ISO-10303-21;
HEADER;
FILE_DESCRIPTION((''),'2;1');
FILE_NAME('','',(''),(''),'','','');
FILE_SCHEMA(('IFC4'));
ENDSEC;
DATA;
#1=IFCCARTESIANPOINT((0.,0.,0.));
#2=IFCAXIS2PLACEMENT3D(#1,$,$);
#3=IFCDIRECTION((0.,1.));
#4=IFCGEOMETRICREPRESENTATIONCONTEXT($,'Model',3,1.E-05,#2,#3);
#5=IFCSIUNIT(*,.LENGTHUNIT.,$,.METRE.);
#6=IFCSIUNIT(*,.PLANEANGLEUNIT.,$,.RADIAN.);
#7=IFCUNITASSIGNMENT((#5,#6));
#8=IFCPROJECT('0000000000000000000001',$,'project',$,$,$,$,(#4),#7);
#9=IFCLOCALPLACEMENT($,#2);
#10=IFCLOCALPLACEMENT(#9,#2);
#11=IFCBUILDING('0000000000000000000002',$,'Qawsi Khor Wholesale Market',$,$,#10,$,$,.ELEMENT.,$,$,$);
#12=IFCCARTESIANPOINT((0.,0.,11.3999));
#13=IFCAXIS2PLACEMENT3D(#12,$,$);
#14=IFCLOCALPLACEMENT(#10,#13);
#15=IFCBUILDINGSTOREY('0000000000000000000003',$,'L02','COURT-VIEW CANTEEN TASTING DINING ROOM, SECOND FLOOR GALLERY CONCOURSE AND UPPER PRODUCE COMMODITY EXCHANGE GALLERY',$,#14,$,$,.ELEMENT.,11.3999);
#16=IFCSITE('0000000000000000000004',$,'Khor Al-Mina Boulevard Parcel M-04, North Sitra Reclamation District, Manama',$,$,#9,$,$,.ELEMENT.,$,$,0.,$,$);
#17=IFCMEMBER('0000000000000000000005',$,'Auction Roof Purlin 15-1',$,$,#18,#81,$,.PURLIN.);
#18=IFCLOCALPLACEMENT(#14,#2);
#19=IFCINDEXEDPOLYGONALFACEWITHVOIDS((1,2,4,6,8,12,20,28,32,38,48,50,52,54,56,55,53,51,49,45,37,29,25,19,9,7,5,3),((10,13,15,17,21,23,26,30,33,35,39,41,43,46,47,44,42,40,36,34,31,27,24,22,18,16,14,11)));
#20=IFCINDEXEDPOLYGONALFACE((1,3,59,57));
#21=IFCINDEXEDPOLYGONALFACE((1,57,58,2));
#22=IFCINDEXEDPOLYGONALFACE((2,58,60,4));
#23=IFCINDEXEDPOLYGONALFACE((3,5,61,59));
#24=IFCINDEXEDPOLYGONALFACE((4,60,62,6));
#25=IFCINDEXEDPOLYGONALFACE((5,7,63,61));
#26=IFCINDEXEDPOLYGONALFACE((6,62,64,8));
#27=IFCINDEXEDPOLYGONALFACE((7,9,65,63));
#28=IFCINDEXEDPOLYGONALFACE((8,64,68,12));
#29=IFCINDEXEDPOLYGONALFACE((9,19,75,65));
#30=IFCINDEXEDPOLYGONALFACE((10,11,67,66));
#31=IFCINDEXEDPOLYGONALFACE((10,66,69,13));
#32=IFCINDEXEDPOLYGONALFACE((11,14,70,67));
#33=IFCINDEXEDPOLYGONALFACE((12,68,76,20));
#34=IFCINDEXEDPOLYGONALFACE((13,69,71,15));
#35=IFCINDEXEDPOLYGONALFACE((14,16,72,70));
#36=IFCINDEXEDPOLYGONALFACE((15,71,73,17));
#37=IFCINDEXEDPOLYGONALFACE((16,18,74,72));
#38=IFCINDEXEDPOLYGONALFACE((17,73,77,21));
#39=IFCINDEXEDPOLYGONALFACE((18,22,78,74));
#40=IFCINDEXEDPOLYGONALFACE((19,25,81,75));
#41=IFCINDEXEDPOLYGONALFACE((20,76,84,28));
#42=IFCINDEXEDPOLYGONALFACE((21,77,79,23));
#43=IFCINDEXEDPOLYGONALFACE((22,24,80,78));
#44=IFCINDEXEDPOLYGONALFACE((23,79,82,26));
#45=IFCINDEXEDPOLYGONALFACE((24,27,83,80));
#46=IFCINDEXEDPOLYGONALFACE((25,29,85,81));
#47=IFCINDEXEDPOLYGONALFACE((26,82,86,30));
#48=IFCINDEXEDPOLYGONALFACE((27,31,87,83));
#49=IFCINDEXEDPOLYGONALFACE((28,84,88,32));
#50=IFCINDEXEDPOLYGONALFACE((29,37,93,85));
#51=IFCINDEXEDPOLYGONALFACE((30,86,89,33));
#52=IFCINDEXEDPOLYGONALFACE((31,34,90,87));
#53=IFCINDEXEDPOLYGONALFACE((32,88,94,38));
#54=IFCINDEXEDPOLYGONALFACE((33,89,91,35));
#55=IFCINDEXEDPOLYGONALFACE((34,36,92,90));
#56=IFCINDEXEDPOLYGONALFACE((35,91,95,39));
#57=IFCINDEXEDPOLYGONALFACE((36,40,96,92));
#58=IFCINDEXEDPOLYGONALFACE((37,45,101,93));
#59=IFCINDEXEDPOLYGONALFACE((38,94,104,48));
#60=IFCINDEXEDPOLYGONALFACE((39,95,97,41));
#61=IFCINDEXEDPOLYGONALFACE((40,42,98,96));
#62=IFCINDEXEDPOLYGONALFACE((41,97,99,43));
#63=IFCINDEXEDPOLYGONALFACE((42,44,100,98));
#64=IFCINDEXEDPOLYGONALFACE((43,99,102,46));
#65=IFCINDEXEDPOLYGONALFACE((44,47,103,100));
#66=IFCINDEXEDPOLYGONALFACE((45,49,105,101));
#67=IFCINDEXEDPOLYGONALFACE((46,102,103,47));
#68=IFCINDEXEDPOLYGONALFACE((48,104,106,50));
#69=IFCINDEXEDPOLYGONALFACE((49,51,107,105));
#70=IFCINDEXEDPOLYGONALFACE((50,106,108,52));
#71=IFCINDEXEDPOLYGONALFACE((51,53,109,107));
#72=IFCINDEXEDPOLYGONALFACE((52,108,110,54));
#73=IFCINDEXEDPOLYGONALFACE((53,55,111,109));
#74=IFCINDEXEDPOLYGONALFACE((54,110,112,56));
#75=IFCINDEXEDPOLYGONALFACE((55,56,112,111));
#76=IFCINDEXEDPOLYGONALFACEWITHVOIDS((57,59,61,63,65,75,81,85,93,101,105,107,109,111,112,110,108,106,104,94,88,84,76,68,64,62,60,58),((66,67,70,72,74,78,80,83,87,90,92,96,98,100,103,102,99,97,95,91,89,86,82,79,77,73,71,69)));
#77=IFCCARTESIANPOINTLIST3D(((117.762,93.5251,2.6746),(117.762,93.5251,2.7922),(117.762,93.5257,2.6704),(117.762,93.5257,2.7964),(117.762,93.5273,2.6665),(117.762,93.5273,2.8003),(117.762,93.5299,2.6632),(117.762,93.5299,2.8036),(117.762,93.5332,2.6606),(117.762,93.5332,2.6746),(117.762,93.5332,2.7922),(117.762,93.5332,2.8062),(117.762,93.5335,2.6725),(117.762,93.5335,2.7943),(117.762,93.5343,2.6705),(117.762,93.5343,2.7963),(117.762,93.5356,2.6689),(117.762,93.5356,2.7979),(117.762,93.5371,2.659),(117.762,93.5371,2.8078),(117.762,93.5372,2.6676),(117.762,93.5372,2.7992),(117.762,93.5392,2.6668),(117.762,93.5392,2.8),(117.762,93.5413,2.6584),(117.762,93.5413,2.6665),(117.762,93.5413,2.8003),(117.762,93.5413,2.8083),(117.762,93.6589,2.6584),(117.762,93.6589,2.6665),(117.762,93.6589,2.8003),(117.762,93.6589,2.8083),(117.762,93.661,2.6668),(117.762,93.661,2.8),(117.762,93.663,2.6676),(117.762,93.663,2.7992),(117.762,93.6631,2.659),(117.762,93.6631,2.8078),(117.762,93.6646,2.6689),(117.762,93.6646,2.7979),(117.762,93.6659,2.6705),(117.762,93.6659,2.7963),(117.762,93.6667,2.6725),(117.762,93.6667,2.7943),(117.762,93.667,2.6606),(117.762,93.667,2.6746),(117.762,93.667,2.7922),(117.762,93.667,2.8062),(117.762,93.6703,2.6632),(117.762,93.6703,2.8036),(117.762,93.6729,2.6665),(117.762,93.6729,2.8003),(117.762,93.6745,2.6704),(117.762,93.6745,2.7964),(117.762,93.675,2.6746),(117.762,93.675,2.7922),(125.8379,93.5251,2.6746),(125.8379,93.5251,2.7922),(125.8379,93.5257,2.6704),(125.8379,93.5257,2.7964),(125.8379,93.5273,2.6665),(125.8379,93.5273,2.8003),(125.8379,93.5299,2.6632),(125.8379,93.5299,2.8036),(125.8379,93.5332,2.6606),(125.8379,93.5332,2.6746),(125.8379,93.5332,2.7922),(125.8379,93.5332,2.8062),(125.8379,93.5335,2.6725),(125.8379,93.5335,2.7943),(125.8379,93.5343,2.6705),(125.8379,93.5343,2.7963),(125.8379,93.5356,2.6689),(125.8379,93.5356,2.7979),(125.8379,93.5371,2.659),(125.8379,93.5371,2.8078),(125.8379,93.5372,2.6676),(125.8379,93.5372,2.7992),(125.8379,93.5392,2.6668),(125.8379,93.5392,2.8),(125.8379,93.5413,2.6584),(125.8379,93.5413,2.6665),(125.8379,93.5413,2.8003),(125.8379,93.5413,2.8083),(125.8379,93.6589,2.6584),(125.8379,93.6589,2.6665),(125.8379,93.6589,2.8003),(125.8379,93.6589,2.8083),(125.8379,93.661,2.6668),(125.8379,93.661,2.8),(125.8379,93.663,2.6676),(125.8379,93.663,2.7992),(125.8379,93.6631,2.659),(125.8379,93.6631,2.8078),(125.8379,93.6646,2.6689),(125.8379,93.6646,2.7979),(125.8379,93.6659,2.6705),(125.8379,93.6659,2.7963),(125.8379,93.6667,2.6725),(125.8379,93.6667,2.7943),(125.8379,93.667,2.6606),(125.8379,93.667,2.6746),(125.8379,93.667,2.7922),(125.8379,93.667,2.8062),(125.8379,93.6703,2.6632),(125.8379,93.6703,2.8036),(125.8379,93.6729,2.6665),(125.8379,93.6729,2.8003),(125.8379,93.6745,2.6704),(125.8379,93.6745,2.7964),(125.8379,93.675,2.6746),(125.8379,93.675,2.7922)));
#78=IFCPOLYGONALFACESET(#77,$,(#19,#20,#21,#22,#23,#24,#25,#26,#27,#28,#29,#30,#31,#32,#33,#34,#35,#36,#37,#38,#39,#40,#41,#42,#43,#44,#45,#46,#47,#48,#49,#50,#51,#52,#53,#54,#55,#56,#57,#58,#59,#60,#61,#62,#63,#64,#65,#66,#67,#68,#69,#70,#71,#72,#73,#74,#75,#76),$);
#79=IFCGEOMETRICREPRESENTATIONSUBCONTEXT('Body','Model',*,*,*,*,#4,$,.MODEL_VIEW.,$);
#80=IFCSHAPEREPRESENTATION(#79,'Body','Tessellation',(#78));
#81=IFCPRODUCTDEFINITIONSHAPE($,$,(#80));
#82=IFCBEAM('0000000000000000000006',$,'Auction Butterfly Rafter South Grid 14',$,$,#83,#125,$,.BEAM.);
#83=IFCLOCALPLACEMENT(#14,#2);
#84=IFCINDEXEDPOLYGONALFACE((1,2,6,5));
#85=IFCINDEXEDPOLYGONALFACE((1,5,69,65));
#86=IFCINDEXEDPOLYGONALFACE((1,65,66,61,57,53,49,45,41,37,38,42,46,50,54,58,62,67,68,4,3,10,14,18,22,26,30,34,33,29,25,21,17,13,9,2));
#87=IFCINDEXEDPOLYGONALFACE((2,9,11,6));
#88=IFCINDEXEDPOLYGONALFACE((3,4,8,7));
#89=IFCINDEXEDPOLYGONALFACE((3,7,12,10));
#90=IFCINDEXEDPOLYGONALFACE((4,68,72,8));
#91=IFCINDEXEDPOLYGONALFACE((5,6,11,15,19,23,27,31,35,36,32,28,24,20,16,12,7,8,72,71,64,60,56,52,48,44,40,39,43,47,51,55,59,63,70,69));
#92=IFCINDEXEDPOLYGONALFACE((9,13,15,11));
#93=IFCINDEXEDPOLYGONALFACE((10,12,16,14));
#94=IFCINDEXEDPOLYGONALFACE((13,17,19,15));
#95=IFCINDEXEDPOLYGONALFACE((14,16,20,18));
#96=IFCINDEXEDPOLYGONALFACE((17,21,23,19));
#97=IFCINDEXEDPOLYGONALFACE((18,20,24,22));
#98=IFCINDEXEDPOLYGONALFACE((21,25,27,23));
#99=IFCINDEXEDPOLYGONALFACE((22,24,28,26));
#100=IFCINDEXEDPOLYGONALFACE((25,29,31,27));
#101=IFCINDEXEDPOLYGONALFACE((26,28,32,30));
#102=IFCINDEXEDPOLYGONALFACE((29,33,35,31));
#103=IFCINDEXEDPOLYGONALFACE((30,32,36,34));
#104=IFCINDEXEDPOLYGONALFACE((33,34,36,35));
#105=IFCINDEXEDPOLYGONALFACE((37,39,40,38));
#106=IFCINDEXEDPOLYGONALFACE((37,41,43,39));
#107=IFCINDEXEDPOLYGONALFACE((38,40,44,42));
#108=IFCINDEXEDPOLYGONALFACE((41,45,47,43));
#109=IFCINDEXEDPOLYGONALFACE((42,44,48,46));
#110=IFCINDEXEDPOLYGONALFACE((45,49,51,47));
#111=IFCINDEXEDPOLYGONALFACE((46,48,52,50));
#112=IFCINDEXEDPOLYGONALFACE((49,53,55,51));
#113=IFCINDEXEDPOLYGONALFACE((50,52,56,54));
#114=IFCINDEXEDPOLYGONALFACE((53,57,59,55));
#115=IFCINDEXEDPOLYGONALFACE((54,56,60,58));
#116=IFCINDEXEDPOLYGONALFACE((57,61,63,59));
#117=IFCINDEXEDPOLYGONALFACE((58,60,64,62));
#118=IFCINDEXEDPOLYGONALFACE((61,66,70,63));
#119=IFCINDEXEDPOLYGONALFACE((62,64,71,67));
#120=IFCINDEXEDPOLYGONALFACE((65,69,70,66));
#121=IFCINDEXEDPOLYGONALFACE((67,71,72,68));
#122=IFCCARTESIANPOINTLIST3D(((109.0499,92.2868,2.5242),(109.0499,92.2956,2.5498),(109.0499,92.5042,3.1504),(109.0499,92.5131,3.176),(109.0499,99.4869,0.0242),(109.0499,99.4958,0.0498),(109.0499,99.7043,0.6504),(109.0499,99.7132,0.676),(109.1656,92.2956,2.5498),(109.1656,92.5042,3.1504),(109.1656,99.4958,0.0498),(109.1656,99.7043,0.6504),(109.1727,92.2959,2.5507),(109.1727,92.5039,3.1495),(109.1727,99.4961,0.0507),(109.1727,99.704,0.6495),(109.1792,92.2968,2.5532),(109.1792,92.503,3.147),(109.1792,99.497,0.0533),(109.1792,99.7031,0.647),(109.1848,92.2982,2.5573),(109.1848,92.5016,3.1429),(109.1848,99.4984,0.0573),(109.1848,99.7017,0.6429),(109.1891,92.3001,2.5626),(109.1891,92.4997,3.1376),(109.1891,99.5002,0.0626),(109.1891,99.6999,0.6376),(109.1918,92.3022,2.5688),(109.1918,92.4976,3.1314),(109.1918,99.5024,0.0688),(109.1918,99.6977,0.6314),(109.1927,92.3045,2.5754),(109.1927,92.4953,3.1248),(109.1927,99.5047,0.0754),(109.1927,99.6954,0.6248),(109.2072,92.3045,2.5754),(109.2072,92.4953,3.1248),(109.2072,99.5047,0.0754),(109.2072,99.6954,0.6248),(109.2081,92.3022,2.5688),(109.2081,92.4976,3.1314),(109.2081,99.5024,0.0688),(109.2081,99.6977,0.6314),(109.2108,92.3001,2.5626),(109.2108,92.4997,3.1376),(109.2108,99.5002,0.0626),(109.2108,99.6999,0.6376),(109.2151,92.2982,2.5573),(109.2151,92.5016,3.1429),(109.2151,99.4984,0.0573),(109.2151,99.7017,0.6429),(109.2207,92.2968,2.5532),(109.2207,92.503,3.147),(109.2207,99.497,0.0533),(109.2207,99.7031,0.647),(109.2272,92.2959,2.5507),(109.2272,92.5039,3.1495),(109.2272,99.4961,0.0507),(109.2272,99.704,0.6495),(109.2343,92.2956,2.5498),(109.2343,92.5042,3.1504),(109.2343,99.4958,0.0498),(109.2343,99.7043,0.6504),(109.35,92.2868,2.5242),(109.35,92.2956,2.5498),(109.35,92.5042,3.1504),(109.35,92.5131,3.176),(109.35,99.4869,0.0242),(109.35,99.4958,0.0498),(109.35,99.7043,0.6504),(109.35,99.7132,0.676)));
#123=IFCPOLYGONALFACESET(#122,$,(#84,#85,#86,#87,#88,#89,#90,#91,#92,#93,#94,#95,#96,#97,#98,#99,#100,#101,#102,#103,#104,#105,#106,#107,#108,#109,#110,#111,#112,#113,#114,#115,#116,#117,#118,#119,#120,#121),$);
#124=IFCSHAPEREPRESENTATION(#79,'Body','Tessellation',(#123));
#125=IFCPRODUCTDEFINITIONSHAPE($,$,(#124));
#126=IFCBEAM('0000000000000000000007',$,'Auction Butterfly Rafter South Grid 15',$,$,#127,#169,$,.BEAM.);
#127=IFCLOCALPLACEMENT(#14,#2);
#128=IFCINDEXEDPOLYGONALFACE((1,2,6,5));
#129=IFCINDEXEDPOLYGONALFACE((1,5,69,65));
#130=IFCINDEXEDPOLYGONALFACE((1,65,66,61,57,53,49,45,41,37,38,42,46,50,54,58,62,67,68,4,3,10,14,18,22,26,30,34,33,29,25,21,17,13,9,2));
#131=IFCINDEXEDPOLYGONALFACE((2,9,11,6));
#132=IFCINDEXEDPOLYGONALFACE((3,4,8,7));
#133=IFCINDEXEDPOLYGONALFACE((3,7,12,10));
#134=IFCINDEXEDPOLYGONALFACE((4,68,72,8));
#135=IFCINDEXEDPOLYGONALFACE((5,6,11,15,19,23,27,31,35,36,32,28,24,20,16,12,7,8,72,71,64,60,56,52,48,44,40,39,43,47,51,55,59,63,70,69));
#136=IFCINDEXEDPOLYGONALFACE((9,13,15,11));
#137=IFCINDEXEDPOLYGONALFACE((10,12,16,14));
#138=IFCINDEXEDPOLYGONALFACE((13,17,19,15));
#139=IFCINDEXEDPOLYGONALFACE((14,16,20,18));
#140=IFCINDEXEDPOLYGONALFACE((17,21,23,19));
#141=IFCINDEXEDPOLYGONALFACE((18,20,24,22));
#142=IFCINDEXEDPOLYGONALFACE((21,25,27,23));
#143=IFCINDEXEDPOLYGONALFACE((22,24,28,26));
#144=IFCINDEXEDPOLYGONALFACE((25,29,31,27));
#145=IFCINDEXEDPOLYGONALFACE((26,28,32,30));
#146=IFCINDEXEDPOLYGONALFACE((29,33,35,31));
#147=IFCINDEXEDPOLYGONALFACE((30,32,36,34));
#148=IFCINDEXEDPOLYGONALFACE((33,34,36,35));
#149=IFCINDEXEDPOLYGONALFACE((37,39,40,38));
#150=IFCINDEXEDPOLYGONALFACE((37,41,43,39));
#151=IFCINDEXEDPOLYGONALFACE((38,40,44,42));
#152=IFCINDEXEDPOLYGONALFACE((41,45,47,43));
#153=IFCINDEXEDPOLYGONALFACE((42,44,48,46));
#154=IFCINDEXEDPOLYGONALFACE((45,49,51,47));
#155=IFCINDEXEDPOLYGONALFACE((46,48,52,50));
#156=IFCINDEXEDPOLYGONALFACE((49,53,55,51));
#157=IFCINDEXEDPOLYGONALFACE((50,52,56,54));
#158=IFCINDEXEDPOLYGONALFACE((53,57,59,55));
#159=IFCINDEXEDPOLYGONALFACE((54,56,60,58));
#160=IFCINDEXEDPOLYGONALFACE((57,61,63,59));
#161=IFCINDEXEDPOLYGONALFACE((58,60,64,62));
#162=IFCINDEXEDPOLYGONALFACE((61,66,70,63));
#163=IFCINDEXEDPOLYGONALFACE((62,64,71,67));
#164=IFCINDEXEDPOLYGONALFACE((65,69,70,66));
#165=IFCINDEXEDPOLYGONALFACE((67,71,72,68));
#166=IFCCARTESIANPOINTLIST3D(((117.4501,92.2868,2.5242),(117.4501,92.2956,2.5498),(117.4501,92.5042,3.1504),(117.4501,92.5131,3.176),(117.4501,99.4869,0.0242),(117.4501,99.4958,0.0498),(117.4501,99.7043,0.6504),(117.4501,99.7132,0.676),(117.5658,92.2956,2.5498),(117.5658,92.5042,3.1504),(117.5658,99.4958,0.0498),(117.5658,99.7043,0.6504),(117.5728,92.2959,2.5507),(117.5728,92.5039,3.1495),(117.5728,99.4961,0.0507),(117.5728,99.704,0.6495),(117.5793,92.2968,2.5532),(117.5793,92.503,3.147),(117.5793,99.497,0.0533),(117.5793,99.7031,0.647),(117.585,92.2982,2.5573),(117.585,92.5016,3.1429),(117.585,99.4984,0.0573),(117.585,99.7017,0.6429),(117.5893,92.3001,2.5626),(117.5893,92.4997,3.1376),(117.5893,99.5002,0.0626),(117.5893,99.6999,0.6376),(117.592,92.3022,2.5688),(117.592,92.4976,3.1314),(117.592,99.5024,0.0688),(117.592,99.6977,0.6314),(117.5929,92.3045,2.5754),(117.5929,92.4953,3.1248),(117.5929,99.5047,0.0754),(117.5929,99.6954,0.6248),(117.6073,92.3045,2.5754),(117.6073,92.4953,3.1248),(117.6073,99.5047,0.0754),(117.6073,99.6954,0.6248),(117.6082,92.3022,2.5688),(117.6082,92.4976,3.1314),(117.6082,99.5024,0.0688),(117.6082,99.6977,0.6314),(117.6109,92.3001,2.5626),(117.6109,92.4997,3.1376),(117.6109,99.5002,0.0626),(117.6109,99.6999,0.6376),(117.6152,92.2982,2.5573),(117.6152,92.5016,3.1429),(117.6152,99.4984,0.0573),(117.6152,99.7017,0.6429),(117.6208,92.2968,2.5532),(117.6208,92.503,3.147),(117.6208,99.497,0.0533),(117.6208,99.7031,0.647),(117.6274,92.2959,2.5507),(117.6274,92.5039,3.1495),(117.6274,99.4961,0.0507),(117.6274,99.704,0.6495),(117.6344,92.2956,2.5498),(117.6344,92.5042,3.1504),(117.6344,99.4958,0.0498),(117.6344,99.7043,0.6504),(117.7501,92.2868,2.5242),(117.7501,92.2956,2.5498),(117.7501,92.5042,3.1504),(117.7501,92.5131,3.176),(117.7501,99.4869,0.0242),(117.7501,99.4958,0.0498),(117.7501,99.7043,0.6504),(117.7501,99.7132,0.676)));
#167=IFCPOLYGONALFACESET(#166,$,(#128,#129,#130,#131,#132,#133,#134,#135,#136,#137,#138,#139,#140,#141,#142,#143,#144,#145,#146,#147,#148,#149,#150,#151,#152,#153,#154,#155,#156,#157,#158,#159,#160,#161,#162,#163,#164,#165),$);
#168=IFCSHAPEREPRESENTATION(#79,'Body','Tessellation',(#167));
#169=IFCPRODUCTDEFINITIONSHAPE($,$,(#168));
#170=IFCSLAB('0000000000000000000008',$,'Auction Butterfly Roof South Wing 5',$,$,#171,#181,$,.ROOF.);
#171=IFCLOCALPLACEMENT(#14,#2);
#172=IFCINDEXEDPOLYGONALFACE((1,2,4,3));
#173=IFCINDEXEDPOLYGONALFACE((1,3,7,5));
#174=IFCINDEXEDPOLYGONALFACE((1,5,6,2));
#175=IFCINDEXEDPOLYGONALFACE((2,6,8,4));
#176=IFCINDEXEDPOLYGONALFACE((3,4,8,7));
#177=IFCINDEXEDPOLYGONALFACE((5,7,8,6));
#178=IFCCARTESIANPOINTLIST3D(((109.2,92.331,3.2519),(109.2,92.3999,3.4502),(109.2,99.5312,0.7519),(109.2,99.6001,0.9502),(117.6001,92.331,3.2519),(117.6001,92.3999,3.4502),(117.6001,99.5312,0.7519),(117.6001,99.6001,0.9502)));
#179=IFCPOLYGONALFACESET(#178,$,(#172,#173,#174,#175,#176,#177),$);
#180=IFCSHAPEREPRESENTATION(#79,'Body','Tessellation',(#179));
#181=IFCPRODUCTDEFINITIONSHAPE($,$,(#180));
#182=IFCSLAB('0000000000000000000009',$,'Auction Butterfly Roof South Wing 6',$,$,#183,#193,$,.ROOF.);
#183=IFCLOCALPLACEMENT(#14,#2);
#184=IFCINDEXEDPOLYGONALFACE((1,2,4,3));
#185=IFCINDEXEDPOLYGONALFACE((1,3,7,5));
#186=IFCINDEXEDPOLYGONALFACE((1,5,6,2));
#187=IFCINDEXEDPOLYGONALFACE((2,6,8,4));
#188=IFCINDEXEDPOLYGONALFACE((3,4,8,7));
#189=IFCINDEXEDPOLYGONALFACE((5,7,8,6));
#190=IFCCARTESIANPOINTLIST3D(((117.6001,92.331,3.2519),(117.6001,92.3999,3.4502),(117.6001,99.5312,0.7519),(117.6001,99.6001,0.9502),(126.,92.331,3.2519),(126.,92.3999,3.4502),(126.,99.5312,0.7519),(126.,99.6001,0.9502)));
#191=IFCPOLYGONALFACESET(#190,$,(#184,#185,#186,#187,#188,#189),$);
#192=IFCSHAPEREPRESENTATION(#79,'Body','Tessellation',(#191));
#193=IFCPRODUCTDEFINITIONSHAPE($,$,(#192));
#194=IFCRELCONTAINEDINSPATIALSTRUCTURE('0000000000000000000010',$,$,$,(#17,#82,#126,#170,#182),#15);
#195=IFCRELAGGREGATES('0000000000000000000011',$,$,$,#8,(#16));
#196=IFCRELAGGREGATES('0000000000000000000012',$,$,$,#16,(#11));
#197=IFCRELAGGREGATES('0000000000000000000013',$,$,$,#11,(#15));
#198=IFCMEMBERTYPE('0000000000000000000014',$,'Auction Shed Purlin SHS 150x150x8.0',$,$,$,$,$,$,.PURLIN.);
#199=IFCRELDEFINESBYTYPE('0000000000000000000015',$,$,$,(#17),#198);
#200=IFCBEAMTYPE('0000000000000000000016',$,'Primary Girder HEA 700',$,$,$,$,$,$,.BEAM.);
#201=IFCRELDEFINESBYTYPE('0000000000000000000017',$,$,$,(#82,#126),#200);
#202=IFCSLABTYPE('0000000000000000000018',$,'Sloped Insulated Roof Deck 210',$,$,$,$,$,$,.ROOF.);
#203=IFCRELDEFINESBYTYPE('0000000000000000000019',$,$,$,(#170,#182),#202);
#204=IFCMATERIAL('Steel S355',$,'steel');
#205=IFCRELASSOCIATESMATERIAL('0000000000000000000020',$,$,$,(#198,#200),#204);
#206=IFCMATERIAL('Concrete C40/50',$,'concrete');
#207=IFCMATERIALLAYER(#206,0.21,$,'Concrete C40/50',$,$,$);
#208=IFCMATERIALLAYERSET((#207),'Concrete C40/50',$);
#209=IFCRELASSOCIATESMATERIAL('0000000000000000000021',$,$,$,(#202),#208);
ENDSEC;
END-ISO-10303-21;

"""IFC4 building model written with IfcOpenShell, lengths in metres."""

from ifc_helpers import new_model, si_unit, direction, frame, origin, origin_2d, place, context, subcontext, project, spatial, polyline, hollow_rectangle, i_section, outline, extrude, material, layer, layer_set, material_profile, profile_set, type_object, element, save


model = new_model("IFC4")

# Units and contexts
model_context = context("Model", 3, precision=1e-05, world=origin(), true_north=direction((0.0, 1.0)))
body_context = subcontext(model_context, "Body", "Model", "MODEL_VIEW")
ifc_project = project(units=[si_unit("LENGTHUNIT", "METRE"), si_unit("PLANEANGLEUNIT", "RADIAN")], contexts=[model_context])

# Site, building, storey
site_placement = place(None, origin())
site = spatial("IfcSite", under=ifc_project, at=site_placement, Name="Khor Al-Mina Boulevard Parcel M-04, North Sitra Reclamation District, Manama", CompositionType="ELEMENT", RefElevation=0.0)
building_placement = place(site_placement, origin())
building = spatial("IfcBuilding", under=site, at=building_placement, Name="Qawsi Khor Wholesale Market", CompositionType="ELEMENT")
storey_placement = place(building_placement, frame((0.0, 0.0, 11.3999)))
storey = spatial("IfcBuildingStorey", under=building, at=storey_placement, Name="L02", Description="COURT-VIEW CANTEEN TASTING DINING ROOM, SECOND FLOOR GALLERY CONCOURSE AND UPPER PRODUCE COMMODITY EXCHANGE GALLERY", CompositionType="ELEMENT", Elevation=11.3999)

# Member
ifc_material_1 = material(Name="Steel S355", Category="steel")
ifc_material_profile_1 = material_profile(ifc_material_1, hollow_rectangle(XDim=0.1499, YDim=0.1499, WallThickness=0.0081, InnerFilletRadius=0.0081, OuterFilletRadius=0.0161, at=origin_2d()), Name="SHS 150x150x8.0")
ifc_profile_set_1 = profile_set([ifc_material_profile_1], Name="Steel S355")
member_type = type_object("IfcMemberType", Name="Auction Shed Purlin SHS 150x150x8.0", PredefinedType="PURLIN", material=ifc_profile_set_1)
for number, where, z_axis, x_axis, name in (
    (1, (117.762, 93.6001, 2.7334), (1.0, 0.0, 0.0), (0.0, 1.0, 0.0), "Auction Roof Purlin 15-1"),
):
    element("IfcMember", number, at=place(storey_placement, frame(where, z_axis=z_axis, x_axis=x_axis)), inside=storey, type_object=member_type, Name=name, PredefinedType="PURLIN", context=body_context, shape_type="SweptSolid", body=[
        extrude(hollow_rectangle(XDim=0.1499, YDim=0.1499, WallThickness=0.0081, InnerFilletRadius=0.0081, OuterFilletRadius=0.0161, at=origin_2d()), origin(), (0.0, 0.0, 1.0), 8.0759),
    ])

# Beams
ifc_material_profile_2 = material_profile(ifc_material_1, i_section(OverallWidth=0.3, OverallDepth=0.6899, WebThickness=0.0144, FlangeThickness=0.0271, FilletRadius=0.0271, at=origin_2d()), Name="HEA 700")
ifc_profile_set_2 = profile_set([ifc_material_profile_2], Name="Steel S355")
beam_type = type_object("IfcBeamType", Name="Primary Girder HEA 700", PredefinedType="BEAM", material=ifc_profile_set_2)
for number, where, z_axis, x_axis, name in (
    (2, (109.2, 92.3999, 2.8501), (0.0, 0.944676, -0.328004), (-1.0, 0.0, 0.0), "Auction Butterfly Rafter South Grid 14"),
    (3, (117.6001, 92.3999, 2.8501), (0.0, 0.944676, -0.328004), (-1.0, 0.0, 0.0), "Auction Butterfly Rafter South Grid 15"),
):
    element("IfcBeam", number, at=place(storey_placement, frame(where, z_axis=z_axis, x_axis=x_axis)), inside=storey, type_object=beam_type, Name=name, PredefinedType="BEAM", context=body_context, shape_type="SweptSolid", body=[
        extrude(i_section(OverallWidth=0.3, OverallDepth=0.6899, WebThickness=0.0144, FlangeThickness=0.0271, FilletRadius=0.0271, at=origin_2d()), origin(), (0.0, 0.0, 1.0), 7.6218),
    ])

# Slabs
ifc_material_2 = material(Name="Concrete C40/50", Category="concrete")
ifc_layer = layer(ifc_material_2, 0.21, Name="Concrete C40/50")
ifc_layer_set = layer_set([ifc_layer], Name="Concrete C40/50")
slab_type = type_object("IfcSlabType", Name="Sloped Insulated Roof Deck 210", PredefinedType="ROOF", material=ifc_layer_set)
slab_1_placement = place(storey_placement, frame((109.2, 92.3999, 3.4502), z_axis=(0.0, 0.328004, 0.944676), x_axis=(1.0, 0.0, 0.0)))
element("IfcSlab", 4, at=slab_1_placement, inside=storey, type_object=slab_type, Name="Auction Butterfly Roof South Wing 5", PredefinedType="ROOF", context=body_context, shape_type="SweptSolid", body=[
    extrude(outline(polyline([(0.0, 0.0), (8.4001, 0.0), (8.4001, 7.6219), (0.0, 7.6219), (0.0, 0.0)])), origin(), (0.0, 0.0, -1.0), 0.21),
])
slab_2_placement = place(storey_placement, frame((117.6001, 92.3999, 3.4502), z_axis=(0.0, 0.328004, 0.944676), x_axis=(1.0, 0.0, 0.0)))
element("IfcSlab", 5, at=slab_2_placement, inside=storey, type_object=slab_type, Name="Auction Butterfly Roof South Wing 6", PredefinedType="ROOF", context=body_context, shape_type="SweptSolid", body=[
    extrude(outline(polyline([(0.0, 0.0), (8.3999, 0.0), (8.3999, 7.6219), (0.0, 7.6219), (0.0, 0.0)])), origin(), (0.0, 0.0, -1.0), 0.21),
])

save(model, "model.ifc")
